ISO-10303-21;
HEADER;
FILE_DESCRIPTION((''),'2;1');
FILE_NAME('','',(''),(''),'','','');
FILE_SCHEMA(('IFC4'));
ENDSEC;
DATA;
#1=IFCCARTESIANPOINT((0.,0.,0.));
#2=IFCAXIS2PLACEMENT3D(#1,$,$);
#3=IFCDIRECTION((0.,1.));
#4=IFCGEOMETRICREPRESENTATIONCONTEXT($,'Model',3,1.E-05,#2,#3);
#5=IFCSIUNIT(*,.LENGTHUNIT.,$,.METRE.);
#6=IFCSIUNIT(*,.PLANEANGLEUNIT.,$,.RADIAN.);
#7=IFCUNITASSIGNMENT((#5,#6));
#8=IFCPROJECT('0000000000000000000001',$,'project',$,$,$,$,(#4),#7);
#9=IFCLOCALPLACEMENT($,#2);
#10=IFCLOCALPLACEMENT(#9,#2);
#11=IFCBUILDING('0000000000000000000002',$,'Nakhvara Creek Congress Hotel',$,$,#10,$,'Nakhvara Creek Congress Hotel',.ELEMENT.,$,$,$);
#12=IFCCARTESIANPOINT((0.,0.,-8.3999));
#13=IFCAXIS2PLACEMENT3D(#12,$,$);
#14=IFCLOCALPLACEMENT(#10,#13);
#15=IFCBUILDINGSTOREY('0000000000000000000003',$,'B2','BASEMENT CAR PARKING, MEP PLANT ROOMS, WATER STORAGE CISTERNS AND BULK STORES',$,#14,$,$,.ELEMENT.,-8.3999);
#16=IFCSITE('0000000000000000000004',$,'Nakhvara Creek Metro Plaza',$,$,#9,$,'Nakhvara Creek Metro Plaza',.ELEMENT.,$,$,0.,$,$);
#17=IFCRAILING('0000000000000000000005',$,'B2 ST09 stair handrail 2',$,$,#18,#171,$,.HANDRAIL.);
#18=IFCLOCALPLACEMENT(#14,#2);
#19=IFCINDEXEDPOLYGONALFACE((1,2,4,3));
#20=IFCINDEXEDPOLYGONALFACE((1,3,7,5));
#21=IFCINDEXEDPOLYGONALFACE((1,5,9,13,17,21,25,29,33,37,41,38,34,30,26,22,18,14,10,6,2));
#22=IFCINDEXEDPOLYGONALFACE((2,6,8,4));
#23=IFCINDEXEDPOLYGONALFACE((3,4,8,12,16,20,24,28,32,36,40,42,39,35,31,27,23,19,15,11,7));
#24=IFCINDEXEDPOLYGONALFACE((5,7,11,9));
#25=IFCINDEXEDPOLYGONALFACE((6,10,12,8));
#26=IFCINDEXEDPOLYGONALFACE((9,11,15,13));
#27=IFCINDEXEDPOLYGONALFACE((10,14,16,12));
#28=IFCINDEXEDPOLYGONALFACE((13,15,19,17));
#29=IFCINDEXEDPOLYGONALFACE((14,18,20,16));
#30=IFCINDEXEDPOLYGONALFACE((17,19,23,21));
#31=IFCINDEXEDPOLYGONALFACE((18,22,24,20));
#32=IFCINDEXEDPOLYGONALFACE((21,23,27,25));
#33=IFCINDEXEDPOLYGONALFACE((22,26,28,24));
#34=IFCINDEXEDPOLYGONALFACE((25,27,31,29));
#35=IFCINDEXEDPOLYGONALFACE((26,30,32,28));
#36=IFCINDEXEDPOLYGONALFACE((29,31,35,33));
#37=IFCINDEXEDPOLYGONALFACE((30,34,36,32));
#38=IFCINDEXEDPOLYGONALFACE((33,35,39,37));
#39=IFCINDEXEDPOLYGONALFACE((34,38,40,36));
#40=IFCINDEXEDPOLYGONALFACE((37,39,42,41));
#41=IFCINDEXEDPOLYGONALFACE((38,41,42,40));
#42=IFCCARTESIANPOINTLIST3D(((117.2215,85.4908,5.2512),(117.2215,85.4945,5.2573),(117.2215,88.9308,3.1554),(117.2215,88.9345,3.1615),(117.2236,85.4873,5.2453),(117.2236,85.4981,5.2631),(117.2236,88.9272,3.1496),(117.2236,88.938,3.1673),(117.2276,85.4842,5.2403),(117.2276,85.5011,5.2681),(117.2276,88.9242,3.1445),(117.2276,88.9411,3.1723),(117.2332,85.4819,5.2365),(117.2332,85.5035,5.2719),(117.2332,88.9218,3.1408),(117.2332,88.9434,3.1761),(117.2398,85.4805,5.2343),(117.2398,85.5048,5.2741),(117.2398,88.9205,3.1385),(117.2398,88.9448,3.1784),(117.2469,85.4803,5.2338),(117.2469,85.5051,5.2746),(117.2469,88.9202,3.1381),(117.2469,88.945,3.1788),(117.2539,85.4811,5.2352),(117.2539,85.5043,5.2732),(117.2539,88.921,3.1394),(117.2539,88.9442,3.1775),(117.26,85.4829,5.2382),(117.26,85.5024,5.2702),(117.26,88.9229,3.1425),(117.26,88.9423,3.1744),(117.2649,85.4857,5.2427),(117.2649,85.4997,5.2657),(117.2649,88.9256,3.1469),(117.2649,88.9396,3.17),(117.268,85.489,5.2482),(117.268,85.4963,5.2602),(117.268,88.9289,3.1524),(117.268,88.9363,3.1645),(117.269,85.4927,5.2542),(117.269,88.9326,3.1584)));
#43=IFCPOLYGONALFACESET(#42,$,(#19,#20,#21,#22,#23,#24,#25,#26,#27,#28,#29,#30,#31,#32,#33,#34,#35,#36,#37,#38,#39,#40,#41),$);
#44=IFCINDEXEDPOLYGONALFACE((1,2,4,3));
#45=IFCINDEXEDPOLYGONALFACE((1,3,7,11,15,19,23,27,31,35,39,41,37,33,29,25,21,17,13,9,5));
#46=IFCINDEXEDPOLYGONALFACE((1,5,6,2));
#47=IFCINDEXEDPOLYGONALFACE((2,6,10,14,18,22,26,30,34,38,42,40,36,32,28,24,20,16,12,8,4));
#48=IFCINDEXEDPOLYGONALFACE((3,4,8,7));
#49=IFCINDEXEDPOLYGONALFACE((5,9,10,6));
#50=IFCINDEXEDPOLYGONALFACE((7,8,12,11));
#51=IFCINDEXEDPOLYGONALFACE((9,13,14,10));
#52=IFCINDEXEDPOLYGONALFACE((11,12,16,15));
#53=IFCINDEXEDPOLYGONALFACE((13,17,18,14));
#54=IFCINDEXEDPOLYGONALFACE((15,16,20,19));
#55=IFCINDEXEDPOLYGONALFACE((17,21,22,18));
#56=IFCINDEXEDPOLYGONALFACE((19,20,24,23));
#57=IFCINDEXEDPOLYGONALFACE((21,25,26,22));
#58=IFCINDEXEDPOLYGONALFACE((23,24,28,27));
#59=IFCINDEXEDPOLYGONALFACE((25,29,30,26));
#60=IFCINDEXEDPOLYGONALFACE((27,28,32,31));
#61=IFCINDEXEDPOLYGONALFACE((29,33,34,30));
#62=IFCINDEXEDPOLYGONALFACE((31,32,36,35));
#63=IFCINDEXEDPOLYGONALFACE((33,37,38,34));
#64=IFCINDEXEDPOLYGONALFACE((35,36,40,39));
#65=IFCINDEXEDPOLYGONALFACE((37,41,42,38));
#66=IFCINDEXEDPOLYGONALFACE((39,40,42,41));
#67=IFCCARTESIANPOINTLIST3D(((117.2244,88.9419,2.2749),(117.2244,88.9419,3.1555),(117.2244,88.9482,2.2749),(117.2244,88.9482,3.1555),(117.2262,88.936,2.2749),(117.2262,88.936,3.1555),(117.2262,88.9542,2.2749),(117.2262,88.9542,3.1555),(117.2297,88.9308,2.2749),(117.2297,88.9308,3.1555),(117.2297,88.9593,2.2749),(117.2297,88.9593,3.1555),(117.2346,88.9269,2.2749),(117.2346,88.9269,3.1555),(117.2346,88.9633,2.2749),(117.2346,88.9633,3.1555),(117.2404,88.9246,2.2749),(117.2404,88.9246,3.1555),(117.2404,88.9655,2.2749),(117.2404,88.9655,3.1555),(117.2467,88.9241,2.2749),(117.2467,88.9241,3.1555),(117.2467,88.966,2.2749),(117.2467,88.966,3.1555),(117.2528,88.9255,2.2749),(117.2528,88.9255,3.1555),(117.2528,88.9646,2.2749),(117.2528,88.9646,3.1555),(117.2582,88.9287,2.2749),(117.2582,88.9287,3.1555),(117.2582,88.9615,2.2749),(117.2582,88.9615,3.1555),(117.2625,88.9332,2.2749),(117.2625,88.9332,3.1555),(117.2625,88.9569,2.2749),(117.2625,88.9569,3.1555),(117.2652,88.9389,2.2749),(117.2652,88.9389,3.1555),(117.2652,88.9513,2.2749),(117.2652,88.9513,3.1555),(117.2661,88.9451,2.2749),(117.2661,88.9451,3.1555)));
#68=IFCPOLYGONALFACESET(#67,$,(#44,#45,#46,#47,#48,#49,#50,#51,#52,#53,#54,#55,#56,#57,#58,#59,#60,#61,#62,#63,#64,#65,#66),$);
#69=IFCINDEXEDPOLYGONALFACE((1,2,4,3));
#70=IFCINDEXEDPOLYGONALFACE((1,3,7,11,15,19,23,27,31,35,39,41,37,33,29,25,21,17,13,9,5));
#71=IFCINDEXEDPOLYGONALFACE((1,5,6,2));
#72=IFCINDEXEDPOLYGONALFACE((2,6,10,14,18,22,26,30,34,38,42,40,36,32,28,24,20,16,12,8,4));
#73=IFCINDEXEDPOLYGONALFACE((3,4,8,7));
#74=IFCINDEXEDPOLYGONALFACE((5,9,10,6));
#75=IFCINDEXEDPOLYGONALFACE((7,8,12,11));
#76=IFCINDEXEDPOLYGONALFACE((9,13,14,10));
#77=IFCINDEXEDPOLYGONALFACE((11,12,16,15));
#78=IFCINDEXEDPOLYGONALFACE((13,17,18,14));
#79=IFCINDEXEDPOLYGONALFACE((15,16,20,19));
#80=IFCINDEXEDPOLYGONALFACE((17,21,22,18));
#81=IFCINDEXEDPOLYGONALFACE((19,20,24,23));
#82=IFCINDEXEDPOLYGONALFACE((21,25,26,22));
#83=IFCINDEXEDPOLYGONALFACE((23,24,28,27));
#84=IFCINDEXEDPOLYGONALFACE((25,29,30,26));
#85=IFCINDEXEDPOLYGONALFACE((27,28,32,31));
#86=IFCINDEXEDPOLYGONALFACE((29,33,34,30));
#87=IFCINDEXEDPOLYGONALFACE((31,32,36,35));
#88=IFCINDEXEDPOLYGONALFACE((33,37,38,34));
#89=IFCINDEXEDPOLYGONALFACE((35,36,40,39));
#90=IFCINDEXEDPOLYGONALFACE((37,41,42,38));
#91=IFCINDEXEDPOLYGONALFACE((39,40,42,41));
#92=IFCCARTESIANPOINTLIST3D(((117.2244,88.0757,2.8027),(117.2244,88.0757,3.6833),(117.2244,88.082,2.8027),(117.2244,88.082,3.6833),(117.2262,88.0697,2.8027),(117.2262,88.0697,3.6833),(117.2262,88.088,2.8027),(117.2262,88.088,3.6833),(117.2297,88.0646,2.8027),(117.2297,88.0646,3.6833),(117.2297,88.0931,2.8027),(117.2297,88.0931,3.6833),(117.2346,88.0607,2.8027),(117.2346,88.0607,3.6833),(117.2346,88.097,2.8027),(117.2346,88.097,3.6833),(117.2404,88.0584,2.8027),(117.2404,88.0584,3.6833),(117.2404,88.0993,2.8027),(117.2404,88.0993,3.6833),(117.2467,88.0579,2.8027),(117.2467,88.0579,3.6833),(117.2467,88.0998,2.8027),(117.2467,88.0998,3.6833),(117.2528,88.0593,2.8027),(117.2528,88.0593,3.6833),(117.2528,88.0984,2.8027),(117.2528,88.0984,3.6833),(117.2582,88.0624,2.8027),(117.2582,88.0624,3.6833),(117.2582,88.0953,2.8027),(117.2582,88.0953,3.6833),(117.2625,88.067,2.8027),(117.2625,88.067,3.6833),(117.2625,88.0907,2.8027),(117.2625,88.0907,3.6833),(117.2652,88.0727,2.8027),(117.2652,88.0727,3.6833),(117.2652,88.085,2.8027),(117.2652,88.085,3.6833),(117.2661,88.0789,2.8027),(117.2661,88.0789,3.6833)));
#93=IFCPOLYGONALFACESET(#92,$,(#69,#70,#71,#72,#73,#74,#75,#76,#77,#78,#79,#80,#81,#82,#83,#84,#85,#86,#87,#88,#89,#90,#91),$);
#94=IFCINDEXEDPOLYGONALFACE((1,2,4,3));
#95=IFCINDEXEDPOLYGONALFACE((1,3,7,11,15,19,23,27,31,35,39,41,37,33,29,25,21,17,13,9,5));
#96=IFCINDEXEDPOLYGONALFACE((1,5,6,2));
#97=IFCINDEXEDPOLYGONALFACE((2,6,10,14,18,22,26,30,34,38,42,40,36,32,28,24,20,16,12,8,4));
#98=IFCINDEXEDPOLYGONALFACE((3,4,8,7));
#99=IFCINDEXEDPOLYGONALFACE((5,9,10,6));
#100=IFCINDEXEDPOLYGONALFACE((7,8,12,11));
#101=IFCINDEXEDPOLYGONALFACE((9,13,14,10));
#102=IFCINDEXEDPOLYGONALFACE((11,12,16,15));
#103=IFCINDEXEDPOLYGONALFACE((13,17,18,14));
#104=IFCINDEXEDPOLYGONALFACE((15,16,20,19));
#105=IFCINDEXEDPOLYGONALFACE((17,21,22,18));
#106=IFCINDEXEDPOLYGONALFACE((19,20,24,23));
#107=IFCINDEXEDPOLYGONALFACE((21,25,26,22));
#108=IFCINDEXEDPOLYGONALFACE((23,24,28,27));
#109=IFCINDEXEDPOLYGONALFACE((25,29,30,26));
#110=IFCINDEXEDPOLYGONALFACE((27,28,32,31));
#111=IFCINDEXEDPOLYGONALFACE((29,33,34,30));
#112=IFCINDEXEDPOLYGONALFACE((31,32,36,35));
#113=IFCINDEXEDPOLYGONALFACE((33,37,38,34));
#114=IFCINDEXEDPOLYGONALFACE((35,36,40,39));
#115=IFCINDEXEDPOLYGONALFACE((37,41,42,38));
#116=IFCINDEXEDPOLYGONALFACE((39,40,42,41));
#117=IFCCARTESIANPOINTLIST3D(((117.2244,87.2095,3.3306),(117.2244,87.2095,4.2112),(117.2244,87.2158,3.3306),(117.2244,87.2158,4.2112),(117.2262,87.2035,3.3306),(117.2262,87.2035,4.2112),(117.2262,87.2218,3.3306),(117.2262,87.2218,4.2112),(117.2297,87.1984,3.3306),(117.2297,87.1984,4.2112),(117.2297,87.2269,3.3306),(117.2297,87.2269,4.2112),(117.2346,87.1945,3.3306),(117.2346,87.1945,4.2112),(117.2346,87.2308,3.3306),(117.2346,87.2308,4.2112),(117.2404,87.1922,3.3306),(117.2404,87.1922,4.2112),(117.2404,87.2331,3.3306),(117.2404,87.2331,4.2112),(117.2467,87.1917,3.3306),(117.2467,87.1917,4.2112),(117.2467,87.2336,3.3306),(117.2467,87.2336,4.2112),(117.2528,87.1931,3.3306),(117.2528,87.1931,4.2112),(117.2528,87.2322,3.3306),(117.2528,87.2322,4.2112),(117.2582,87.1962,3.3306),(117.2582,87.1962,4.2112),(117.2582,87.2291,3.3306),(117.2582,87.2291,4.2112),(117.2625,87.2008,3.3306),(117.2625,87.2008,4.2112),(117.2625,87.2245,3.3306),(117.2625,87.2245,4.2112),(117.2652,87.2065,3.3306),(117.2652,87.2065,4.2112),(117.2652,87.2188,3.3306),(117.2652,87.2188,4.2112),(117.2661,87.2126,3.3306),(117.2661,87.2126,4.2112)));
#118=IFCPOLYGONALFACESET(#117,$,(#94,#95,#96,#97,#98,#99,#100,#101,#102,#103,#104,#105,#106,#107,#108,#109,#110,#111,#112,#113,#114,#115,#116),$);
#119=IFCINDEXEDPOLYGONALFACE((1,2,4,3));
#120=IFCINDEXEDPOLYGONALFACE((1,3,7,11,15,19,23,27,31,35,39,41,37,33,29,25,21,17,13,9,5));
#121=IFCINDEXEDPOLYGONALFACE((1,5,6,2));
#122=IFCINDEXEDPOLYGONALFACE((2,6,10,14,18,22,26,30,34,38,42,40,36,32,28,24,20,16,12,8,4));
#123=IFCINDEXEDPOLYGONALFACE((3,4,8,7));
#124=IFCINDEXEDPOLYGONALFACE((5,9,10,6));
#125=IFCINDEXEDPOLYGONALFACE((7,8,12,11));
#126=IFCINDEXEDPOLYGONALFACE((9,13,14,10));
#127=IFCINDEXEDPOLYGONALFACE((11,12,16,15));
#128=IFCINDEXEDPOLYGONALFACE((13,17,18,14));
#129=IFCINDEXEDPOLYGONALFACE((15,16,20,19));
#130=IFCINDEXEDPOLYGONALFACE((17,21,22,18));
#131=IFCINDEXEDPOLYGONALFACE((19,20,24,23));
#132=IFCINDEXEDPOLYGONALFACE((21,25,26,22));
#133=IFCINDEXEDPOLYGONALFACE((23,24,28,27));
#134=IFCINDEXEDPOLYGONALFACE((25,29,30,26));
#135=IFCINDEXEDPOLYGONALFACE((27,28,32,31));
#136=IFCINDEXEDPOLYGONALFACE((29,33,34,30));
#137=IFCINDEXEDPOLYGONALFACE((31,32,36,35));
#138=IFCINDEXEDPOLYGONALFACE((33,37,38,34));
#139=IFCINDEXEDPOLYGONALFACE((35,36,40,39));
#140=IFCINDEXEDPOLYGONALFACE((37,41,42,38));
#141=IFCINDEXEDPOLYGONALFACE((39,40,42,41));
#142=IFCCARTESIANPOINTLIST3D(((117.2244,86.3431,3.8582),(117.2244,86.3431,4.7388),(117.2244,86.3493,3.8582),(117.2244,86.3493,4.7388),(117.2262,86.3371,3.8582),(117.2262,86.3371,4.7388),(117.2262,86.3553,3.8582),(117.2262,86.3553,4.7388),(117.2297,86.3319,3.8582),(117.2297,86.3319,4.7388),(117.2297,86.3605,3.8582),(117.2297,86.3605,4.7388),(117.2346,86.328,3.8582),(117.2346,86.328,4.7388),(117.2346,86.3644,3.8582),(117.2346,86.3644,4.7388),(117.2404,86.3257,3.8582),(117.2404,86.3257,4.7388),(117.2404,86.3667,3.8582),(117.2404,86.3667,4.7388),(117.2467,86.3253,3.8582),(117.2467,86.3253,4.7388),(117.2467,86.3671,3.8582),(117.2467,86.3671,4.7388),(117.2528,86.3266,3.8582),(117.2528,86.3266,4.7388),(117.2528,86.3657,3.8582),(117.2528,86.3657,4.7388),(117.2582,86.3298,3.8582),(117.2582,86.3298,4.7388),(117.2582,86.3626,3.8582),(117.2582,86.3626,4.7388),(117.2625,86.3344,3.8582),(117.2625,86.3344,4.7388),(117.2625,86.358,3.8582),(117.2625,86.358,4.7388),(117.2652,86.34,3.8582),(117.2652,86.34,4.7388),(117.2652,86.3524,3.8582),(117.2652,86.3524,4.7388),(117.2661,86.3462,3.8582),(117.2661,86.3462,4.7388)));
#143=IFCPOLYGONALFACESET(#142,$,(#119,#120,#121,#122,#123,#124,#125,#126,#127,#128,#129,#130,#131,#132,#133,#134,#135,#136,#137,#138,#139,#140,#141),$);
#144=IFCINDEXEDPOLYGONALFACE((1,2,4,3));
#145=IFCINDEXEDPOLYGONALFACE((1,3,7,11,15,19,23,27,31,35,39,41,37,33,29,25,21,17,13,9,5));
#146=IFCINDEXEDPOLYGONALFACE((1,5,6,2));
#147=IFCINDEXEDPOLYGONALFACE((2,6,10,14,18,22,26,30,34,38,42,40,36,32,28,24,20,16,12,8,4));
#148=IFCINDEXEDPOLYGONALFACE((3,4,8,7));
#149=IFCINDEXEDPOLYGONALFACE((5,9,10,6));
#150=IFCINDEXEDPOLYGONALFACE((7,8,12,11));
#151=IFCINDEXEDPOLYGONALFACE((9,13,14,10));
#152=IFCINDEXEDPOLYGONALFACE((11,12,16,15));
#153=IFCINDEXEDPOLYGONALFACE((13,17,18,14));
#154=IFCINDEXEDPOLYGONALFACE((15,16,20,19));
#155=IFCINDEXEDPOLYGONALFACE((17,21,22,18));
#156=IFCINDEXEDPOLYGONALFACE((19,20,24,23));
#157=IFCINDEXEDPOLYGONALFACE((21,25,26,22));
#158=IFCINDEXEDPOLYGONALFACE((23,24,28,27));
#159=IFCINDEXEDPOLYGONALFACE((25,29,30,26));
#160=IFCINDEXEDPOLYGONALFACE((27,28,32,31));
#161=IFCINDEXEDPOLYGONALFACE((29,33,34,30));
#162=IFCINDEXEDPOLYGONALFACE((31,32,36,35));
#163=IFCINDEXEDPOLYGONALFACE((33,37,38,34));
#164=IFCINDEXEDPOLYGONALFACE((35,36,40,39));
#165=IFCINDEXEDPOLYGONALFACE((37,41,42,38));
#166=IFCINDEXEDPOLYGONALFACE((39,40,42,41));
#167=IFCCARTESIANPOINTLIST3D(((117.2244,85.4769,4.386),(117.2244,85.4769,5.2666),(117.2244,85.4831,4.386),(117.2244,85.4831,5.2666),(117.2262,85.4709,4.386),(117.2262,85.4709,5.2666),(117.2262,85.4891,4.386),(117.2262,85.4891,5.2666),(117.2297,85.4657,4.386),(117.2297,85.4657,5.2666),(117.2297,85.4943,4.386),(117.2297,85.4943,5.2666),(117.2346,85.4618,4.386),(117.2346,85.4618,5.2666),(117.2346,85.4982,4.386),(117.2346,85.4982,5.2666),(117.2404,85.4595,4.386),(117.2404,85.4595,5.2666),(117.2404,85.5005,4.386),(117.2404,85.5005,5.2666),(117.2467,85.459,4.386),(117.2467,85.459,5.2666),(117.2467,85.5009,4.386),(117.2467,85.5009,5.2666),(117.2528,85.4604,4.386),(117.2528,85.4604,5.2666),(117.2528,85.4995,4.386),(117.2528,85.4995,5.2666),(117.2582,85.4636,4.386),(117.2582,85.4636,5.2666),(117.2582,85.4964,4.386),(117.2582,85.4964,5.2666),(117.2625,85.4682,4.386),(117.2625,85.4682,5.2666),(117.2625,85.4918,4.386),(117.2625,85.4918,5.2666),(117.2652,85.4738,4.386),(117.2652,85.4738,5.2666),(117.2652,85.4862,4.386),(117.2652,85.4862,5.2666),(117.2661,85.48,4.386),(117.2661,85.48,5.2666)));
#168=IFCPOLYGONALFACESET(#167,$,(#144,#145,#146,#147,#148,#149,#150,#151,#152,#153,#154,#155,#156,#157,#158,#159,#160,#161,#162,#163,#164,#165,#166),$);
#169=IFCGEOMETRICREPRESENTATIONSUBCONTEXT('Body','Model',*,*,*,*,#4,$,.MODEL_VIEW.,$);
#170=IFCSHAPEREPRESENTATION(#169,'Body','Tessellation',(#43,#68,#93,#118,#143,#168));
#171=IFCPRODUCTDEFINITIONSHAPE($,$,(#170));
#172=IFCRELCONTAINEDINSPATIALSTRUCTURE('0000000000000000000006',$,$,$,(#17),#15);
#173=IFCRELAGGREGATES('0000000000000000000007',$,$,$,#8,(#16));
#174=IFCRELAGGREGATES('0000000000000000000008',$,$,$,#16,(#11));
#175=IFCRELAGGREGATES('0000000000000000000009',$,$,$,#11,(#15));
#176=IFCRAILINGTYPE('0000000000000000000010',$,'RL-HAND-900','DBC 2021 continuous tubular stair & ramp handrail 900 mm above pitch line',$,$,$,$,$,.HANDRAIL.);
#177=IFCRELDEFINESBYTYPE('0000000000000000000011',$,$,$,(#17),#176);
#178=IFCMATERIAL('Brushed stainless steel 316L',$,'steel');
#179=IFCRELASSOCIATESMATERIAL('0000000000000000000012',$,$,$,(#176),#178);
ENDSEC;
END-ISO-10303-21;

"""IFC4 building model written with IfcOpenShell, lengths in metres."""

from ifc_helpers import new_model, si_unit, direction, frame, origin, origin_2d, place, context, subcontext, project, spatial, circle, extrude, material, type_object, element, save


model = new_model("IFC4")

# Units and contexts
model_context = context("Model", 3, precision=1e-05, world=origin(), true_north=direction((0.0, 1.0)))
body_context = subcontext(model_context, "Body", "Model", "MODEL_VIEW")
ifc_project = project(units=[si_unit("LENGTHUNIT", "METRE"), si_unit("PLANEANGLEUNIT", "RADIAN")], contexts=[model_context])

# Site, building, storey
site_placement = place(None, origin())
site = spatial("IfcSite", under=ifc_project, at=site_placement, Name="Nakhvara Creek Metro Plaza", LongName="Nakhvara Creek Metro Plaza", CompositionType="ELEMENT", RefElevation=0.0)
building_placement = place(site_placement, origin())
building = spatial("IfcBuilding", under=site, at=building_placement, Name="Nakhvara Creek Congress Hotel", LongName="Nakhvara Creek Congress Hotel", CompositionType="ELEMENT")
storey_placement = place(building_placement, frame((0.0, 0.0, -8.3999)))
storey = spatial("IfcBuildingStorey", under=building, at=storey_placement, Name="B2", Description="BASEMENT CAR PARKING, MEP PLANT ROOMS, WATER STORAGE CISTERNS AND BULK STORES", CompositionType="ELEMENT", Elevation=-8.3999)

# Railing
ifc_material_1 = material(Name="Brushed stainless steel 316L", Category="steel")
railing_type_1 = type_object("IfcRailingType", Name="RL-HAND-900", Description="DBC 2021 continuous tubular stair & ramp handrail 900 mm above pitch line", PredefinedType="HANDRAIL", material=ifc_material_1)
railing_1_placement = place(storey_placement, frame((117.2451, 88.9451, 2.2749)))
element("IfcRailing", 1, at=railing_1_placement, inside=storey, type_object=railing_type_1, Name="B2 ST09 stair handrail 2", PredefinedType="HANDRAIL", context=body_context, shape_type="SweptSolid", body=[
    extrude(circle(Radius=0.0239, at=origin_2d()), frame((0.0, -0.0125, 0.8835), z_axis=(0.0, -0.853991, 0.520289), x_axis=(1.0, 0.0, 0.0)), (0.0, 0.0, 1.0), 4.0281),
    extrude(circle(Radius=0.021, at=origin_2d()), origin(), (0.0, 0.0, 1.0), 0.8806),
    extrude(circle(Radius=0.021, at=origin_2d()), frame((0.0, -0.8662, 0.5278)), (0.0, 0.0, 1.0), 0.8806),
    extrude(circle(Radius=0.021, at=origin_2d()), frame((0.0, -1.7324, 1.0557)), (0.0, 0.0, 1.0), 0.8806),
    extrude(circle(Radius=0.021, at=origin_2d()), frame((0.0, -2.5989, 1.5833)), (0.0, 0.0, 1.0), 0.8806),
    extrude(circle(Radius=0.021, at=origin_2d()), frame((0.0, -3.4651, 2.1111)), (0.0, 0.0, 1.0), 0.8806),
])

save(model, "model.ifc")
